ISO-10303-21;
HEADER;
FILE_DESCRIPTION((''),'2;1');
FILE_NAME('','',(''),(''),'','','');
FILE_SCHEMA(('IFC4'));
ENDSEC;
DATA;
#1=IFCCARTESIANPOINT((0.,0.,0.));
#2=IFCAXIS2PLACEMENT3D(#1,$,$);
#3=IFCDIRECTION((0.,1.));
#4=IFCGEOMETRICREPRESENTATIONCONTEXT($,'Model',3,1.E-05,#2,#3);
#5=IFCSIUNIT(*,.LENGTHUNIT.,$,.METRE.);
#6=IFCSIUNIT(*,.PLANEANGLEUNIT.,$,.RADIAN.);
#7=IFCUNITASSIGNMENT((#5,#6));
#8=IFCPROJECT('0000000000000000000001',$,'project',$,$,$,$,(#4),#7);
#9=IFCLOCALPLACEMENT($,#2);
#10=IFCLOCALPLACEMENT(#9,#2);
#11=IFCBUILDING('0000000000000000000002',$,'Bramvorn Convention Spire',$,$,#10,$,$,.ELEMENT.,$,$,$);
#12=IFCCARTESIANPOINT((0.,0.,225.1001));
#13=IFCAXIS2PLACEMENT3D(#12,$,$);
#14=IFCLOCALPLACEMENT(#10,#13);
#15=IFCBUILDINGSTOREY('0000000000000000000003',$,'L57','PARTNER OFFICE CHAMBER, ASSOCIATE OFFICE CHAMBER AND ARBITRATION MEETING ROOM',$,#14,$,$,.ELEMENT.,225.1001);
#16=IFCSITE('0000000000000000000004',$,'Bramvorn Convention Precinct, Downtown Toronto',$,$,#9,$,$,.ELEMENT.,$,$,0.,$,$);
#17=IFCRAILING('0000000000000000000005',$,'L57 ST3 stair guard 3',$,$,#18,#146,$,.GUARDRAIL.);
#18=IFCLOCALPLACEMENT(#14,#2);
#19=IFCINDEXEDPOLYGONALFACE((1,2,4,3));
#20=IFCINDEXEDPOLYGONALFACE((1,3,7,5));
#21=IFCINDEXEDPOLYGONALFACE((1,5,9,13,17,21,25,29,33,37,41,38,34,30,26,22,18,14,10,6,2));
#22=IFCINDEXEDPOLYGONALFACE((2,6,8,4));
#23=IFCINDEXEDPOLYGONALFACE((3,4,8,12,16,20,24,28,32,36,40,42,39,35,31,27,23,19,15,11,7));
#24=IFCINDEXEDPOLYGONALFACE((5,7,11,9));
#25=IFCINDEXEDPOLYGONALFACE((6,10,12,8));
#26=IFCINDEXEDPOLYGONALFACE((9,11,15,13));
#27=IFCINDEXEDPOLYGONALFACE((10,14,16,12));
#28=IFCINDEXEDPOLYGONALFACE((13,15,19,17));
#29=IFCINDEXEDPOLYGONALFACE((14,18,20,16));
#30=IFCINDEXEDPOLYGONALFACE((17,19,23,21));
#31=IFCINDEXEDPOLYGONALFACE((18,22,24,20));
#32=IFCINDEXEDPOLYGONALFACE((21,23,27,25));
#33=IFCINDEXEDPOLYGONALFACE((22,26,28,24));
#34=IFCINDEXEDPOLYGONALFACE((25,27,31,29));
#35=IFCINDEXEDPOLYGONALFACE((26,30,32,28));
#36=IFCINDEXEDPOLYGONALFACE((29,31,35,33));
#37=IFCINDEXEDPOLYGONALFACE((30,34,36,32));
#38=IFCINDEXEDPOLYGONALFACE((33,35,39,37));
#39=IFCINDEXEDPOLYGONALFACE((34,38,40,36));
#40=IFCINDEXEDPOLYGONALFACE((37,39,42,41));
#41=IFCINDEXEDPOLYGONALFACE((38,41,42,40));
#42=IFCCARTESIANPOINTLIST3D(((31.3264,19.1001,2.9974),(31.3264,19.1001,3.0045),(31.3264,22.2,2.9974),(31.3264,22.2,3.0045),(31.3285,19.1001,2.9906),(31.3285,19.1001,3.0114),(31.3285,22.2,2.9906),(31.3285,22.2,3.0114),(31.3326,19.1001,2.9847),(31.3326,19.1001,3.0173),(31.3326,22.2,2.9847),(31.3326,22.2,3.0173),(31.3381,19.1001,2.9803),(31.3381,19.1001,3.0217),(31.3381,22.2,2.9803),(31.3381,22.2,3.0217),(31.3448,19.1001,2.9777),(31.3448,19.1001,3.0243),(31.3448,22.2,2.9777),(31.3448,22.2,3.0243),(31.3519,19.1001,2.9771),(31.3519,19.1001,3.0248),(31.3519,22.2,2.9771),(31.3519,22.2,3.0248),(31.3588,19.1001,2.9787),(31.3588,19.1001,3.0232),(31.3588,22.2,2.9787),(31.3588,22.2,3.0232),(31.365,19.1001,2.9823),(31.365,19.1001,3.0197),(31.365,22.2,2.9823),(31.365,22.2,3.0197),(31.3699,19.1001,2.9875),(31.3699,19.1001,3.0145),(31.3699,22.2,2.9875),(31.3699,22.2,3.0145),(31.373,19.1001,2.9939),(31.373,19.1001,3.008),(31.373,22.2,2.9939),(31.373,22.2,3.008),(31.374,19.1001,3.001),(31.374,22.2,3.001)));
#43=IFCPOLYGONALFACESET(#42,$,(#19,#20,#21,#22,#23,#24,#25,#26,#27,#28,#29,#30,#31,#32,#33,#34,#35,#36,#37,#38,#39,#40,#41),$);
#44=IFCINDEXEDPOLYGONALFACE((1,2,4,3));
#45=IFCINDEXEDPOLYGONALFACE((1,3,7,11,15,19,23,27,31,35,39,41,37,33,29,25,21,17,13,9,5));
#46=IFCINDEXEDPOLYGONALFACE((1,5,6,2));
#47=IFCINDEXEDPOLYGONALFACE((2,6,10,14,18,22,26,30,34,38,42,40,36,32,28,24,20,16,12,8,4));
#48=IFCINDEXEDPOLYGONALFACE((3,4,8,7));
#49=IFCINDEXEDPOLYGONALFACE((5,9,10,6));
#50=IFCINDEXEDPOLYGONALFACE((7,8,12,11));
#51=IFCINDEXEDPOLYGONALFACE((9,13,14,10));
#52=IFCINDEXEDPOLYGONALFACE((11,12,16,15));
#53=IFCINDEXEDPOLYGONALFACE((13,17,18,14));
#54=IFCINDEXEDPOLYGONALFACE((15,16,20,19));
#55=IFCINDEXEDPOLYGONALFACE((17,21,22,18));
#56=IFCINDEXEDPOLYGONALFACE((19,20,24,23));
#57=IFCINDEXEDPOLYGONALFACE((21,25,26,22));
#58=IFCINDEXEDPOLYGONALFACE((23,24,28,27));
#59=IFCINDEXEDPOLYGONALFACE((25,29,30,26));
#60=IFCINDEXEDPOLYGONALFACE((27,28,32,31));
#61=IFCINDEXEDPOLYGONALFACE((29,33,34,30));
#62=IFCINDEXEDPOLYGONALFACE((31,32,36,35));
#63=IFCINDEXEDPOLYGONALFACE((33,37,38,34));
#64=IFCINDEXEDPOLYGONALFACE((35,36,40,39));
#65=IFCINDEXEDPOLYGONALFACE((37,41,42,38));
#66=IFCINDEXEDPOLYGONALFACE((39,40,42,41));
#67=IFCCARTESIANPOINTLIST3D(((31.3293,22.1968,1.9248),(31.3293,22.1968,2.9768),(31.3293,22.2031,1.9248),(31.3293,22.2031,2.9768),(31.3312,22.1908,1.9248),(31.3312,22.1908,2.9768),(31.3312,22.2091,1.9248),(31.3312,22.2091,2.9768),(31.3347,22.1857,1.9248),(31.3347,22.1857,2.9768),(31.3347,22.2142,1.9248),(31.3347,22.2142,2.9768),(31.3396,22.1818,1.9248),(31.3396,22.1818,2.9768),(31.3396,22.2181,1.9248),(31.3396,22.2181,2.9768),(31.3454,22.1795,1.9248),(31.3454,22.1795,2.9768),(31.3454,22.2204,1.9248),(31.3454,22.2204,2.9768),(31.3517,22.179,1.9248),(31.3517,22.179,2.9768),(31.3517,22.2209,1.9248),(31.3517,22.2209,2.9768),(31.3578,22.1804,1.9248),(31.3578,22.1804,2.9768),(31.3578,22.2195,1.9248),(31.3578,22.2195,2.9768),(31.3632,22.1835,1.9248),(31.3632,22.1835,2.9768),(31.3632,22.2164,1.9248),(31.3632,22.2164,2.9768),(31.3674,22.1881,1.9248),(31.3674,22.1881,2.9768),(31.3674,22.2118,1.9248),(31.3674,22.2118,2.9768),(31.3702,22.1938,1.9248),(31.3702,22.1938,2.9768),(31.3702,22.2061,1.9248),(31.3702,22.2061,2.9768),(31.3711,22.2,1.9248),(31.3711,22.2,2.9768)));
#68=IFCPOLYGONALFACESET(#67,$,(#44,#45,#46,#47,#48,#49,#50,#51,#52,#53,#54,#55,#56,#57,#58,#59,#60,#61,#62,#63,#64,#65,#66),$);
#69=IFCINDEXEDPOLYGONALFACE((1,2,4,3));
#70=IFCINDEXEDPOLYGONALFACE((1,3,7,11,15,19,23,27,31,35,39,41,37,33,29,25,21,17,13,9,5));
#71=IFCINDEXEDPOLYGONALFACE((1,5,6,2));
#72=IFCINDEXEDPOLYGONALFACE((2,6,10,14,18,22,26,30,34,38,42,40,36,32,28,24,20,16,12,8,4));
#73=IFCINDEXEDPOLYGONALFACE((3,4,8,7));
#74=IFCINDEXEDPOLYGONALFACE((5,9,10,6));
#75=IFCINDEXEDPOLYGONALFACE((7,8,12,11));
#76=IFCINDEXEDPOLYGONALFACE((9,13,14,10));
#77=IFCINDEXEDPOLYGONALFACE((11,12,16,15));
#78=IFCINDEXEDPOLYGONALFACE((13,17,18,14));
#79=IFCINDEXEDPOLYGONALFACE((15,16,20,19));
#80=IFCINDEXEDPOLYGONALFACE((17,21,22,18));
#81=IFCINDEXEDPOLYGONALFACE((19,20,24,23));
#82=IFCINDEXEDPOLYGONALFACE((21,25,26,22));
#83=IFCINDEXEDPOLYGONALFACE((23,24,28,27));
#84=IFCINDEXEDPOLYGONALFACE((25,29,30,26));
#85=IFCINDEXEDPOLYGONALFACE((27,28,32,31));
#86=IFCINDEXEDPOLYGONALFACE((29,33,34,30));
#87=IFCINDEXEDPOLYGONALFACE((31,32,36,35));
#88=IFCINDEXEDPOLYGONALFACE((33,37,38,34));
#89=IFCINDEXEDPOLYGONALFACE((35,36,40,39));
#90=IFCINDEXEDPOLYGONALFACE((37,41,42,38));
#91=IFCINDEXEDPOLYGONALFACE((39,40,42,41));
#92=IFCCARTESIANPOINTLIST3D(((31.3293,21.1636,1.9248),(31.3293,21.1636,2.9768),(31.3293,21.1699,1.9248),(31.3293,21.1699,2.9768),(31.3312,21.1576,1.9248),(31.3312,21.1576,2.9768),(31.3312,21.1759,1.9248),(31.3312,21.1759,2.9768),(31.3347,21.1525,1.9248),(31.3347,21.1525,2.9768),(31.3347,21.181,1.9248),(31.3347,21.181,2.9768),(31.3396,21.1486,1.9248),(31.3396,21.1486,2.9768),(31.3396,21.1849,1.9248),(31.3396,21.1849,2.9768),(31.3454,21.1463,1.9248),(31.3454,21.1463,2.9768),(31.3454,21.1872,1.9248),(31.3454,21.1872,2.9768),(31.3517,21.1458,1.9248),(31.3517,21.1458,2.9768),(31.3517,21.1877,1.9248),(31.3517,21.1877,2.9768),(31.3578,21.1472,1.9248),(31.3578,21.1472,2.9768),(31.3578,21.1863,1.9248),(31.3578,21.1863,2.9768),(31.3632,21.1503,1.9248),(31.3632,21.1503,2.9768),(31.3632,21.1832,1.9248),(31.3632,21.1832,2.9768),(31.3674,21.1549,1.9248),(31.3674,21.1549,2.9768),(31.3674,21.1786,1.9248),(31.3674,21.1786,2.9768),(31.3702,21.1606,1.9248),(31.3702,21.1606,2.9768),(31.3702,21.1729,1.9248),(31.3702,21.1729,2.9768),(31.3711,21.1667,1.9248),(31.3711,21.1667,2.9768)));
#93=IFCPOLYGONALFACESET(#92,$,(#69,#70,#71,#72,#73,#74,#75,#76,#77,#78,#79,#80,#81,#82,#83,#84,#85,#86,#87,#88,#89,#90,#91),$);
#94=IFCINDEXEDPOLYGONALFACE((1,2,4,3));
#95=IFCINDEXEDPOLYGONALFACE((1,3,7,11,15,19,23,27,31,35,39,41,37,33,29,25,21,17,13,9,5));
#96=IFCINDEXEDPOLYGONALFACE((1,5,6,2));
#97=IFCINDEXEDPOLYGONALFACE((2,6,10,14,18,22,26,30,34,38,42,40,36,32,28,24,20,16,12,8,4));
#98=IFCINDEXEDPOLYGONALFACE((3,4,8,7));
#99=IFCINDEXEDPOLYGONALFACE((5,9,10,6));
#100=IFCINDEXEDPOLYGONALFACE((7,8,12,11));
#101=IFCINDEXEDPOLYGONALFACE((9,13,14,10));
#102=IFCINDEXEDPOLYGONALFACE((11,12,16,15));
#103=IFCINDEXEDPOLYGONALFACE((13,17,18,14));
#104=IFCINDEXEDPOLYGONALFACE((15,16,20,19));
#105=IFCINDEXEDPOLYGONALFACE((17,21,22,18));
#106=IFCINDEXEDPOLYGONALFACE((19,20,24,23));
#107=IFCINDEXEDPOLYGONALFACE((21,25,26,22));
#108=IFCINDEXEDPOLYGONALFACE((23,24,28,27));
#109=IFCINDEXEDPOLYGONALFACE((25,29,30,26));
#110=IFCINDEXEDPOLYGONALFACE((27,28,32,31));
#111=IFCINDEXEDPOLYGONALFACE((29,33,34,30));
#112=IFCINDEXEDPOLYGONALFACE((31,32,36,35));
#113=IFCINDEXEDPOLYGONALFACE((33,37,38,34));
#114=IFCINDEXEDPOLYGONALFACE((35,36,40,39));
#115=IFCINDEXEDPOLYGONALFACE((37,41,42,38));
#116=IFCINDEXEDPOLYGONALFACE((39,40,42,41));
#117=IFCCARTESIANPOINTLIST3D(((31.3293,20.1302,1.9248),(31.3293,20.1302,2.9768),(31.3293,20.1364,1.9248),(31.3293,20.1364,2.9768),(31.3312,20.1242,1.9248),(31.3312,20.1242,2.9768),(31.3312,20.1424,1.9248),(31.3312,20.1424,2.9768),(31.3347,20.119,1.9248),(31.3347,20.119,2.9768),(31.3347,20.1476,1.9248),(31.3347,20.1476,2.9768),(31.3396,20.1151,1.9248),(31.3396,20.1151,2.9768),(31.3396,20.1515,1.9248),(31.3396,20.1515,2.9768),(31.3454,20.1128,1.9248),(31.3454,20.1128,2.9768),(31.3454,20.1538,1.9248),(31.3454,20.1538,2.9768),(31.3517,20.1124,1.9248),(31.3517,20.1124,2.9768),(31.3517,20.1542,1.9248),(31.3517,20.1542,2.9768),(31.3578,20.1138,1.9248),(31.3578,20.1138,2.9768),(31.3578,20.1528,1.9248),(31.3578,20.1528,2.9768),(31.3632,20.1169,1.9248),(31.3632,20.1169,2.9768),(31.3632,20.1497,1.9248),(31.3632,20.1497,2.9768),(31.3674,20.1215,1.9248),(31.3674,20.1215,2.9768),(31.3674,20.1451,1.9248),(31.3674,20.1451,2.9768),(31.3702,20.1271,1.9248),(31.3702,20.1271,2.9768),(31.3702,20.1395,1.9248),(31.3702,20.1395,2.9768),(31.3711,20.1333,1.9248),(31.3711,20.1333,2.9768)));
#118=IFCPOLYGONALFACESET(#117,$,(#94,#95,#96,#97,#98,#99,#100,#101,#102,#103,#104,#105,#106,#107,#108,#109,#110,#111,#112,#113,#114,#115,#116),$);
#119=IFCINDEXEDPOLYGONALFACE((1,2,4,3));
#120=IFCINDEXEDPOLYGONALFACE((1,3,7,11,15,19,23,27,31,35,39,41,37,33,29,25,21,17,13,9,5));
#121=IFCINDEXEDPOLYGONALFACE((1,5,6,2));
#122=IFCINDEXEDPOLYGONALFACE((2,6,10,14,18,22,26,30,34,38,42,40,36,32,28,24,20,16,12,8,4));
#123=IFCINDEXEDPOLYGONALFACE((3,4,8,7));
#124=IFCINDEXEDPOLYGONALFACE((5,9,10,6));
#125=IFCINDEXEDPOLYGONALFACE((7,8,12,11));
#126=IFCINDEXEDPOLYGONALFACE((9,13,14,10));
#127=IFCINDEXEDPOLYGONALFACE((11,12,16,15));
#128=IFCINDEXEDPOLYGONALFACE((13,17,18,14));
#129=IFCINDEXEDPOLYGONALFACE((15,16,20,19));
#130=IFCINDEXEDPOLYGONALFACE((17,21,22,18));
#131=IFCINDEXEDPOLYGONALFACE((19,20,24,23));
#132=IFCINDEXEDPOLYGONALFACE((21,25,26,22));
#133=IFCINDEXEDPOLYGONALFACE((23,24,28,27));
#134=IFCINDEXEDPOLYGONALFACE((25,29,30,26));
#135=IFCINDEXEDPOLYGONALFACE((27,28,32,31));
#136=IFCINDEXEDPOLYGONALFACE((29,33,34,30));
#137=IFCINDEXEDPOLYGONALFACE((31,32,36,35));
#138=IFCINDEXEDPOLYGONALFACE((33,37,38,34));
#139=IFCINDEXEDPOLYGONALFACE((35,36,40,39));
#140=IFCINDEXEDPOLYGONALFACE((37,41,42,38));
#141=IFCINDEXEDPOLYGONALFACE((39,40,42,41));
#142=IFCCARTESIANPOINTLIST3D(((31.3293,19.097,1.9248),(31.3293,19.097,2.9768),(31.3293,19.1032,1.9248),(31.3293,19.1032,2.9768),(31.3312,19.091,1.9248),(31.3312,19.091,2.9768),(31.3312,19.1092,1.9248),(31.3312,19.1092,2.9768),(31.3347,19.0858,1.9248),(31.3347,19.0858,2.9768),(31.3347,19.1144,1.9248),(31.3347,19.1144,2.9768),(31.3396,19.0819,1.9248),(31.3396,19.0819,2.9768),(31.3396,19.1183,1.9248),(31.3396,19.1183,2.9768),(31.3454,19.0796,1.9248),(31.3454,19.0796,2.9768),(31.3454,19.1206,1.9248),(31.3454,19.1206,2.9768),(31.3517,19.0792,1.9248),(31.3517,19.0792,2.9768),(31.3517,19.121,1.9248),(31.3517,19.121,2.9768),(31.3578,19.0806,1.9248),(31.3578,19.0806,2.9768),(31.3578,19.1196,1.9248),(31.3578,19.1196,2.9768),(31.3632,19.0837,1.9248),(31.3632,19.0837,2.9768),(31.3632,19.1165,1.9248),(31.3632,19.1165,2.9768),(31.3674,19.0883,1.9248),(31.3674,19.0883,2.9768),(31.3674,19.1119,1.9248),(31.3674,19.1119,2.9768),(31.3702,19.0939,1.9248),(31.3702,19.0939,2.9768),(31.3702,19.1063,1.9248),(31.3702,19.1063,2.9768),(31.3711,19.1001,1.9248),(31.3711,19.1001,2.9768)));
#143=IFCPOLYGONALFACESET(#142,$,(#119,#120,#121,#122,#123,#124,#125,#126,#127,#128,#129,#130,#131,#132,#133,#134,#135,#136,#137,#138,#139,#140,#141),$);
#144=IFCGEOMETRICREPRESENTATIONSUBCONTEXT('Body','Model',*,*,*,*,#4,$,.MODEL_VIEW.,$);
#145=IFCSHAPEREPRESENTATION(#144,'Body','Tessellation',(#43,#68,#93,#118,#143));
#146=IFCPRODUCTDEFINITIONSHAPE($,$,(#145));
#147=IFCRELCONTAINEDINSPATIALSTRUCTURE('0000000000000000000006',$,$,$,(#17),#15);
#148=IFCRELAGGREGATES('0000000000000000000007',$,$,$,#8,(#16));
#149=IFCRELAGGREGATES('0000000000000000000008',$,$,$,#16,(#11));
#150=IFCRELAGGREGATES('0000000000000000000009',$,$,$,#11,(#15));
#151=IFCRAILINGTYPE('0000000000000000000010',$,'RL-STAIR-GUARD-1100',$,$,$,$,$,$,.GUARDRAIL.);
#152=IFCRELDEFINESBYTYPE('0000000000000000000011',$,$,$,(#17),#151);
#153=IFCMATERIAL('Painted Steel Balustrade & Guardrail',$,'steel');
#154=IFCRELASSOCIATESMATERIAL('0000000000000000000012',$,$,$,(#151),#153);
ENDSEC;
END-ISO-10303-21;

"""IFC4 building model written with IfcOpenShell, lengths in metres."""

from ifc_helpers import new_model, si_unit, direction, frame, origin, origin_2d, place, context, subcontext, project, spatial, circle, extrude, material, type_object, element, save


model = new_model("IFC4")

# Units and contexts
model_context = context("Model", 3, precision=1e-05, world=origin(), true_north=direction((0.0, 1.0)))
body_context = subcontext(model_context, "Body", "Model", "MODEL_VIEW")
ifc_project = project(units=[si_unit("LENGTHUNIT", "METRE"), si_unit("PLANEANGLEUNIT", "RADIAN")], contexts=[model_context])

# Site, building, storey
site_placement = place(None, origin())
site = spatial("IfcSite", under=ifc_project, at=site_placement, Name="Bramvorn Convention Precinct, Downtown Toronto", CompositionType="ELEMENT", RefElevation=0.0)
building_placement = place(site_placement, origin())
building = spatial("IfcBuilding", under=site, at=building_placement, Name="Bramvorn Convention Spire", CompositionType="ELEMENT")
storey_placement = place(building_placement, frame((0.0, 0.0, 225.1001)))
storey = spatial("IfcBuildingStorey", under=building, at=storey_placement, Name="L57", Description="PARTNER OFFICE CHAMBER, ASSOCIATE OFFICE CHAMBER AND ARBITRATION MEETING ROOM", CompositionType="ELEMENT", Elevation=225.1001)

# Railing
ifc_material_1 = material(Name="Painted Steel Balustrade & Guardrail", Category="steel")
railing_type_1 = type_object("IfcRailingType", Name="RL-STAIR-GUARD-1100", PredefinedType="GUARDRAIL", material=ifc_material_1)
for number, where, name in (
    (1, (31.3501, 22.2, 1.9248), "L57 ST3 stair guard 3"),
):
    element("IfcRailing", number, at=place(storey_placement, frame(where)), inside=storey, type_object=railing_type_1, Name=name, PredefinedType="GUARDRAIL", context=body_context, shape_type="SweptSolid", body=[
        extrude(circle(Radius=0.0239, at=origin_2d()), frame((0.0, 0.0, 1.0762), z_axis=(0.0, -1.0, 0.0), x_axis=(1.0, 0.0, 0.0)), (0.0, 0.0, 1.0), 3.0999),
        extrude(circle(Radius=0.021, at=origin_2d()), origin(), (0.0, 0.0, 1.0), 1.052),
        extrude(circle(Radius=0.021, at=origin_2d()), frame((0.0, -1.0332, 0.0)), (0.0, 0.0, 1.0), 1.052),
        extrude(circle(Radius=0.021, at=origin_2d()), frame((0.0, -2.0667, 0.0)), (0.0, 0.0, 1.0), 1.052),
        extrude(circle(Radius=0.021, at=origin_2d()), frame((0.0, -3.0999, 0.0)), (0.0, 0.0, 1.0), 1.052),
    ])

save(model, "model.ifc")
